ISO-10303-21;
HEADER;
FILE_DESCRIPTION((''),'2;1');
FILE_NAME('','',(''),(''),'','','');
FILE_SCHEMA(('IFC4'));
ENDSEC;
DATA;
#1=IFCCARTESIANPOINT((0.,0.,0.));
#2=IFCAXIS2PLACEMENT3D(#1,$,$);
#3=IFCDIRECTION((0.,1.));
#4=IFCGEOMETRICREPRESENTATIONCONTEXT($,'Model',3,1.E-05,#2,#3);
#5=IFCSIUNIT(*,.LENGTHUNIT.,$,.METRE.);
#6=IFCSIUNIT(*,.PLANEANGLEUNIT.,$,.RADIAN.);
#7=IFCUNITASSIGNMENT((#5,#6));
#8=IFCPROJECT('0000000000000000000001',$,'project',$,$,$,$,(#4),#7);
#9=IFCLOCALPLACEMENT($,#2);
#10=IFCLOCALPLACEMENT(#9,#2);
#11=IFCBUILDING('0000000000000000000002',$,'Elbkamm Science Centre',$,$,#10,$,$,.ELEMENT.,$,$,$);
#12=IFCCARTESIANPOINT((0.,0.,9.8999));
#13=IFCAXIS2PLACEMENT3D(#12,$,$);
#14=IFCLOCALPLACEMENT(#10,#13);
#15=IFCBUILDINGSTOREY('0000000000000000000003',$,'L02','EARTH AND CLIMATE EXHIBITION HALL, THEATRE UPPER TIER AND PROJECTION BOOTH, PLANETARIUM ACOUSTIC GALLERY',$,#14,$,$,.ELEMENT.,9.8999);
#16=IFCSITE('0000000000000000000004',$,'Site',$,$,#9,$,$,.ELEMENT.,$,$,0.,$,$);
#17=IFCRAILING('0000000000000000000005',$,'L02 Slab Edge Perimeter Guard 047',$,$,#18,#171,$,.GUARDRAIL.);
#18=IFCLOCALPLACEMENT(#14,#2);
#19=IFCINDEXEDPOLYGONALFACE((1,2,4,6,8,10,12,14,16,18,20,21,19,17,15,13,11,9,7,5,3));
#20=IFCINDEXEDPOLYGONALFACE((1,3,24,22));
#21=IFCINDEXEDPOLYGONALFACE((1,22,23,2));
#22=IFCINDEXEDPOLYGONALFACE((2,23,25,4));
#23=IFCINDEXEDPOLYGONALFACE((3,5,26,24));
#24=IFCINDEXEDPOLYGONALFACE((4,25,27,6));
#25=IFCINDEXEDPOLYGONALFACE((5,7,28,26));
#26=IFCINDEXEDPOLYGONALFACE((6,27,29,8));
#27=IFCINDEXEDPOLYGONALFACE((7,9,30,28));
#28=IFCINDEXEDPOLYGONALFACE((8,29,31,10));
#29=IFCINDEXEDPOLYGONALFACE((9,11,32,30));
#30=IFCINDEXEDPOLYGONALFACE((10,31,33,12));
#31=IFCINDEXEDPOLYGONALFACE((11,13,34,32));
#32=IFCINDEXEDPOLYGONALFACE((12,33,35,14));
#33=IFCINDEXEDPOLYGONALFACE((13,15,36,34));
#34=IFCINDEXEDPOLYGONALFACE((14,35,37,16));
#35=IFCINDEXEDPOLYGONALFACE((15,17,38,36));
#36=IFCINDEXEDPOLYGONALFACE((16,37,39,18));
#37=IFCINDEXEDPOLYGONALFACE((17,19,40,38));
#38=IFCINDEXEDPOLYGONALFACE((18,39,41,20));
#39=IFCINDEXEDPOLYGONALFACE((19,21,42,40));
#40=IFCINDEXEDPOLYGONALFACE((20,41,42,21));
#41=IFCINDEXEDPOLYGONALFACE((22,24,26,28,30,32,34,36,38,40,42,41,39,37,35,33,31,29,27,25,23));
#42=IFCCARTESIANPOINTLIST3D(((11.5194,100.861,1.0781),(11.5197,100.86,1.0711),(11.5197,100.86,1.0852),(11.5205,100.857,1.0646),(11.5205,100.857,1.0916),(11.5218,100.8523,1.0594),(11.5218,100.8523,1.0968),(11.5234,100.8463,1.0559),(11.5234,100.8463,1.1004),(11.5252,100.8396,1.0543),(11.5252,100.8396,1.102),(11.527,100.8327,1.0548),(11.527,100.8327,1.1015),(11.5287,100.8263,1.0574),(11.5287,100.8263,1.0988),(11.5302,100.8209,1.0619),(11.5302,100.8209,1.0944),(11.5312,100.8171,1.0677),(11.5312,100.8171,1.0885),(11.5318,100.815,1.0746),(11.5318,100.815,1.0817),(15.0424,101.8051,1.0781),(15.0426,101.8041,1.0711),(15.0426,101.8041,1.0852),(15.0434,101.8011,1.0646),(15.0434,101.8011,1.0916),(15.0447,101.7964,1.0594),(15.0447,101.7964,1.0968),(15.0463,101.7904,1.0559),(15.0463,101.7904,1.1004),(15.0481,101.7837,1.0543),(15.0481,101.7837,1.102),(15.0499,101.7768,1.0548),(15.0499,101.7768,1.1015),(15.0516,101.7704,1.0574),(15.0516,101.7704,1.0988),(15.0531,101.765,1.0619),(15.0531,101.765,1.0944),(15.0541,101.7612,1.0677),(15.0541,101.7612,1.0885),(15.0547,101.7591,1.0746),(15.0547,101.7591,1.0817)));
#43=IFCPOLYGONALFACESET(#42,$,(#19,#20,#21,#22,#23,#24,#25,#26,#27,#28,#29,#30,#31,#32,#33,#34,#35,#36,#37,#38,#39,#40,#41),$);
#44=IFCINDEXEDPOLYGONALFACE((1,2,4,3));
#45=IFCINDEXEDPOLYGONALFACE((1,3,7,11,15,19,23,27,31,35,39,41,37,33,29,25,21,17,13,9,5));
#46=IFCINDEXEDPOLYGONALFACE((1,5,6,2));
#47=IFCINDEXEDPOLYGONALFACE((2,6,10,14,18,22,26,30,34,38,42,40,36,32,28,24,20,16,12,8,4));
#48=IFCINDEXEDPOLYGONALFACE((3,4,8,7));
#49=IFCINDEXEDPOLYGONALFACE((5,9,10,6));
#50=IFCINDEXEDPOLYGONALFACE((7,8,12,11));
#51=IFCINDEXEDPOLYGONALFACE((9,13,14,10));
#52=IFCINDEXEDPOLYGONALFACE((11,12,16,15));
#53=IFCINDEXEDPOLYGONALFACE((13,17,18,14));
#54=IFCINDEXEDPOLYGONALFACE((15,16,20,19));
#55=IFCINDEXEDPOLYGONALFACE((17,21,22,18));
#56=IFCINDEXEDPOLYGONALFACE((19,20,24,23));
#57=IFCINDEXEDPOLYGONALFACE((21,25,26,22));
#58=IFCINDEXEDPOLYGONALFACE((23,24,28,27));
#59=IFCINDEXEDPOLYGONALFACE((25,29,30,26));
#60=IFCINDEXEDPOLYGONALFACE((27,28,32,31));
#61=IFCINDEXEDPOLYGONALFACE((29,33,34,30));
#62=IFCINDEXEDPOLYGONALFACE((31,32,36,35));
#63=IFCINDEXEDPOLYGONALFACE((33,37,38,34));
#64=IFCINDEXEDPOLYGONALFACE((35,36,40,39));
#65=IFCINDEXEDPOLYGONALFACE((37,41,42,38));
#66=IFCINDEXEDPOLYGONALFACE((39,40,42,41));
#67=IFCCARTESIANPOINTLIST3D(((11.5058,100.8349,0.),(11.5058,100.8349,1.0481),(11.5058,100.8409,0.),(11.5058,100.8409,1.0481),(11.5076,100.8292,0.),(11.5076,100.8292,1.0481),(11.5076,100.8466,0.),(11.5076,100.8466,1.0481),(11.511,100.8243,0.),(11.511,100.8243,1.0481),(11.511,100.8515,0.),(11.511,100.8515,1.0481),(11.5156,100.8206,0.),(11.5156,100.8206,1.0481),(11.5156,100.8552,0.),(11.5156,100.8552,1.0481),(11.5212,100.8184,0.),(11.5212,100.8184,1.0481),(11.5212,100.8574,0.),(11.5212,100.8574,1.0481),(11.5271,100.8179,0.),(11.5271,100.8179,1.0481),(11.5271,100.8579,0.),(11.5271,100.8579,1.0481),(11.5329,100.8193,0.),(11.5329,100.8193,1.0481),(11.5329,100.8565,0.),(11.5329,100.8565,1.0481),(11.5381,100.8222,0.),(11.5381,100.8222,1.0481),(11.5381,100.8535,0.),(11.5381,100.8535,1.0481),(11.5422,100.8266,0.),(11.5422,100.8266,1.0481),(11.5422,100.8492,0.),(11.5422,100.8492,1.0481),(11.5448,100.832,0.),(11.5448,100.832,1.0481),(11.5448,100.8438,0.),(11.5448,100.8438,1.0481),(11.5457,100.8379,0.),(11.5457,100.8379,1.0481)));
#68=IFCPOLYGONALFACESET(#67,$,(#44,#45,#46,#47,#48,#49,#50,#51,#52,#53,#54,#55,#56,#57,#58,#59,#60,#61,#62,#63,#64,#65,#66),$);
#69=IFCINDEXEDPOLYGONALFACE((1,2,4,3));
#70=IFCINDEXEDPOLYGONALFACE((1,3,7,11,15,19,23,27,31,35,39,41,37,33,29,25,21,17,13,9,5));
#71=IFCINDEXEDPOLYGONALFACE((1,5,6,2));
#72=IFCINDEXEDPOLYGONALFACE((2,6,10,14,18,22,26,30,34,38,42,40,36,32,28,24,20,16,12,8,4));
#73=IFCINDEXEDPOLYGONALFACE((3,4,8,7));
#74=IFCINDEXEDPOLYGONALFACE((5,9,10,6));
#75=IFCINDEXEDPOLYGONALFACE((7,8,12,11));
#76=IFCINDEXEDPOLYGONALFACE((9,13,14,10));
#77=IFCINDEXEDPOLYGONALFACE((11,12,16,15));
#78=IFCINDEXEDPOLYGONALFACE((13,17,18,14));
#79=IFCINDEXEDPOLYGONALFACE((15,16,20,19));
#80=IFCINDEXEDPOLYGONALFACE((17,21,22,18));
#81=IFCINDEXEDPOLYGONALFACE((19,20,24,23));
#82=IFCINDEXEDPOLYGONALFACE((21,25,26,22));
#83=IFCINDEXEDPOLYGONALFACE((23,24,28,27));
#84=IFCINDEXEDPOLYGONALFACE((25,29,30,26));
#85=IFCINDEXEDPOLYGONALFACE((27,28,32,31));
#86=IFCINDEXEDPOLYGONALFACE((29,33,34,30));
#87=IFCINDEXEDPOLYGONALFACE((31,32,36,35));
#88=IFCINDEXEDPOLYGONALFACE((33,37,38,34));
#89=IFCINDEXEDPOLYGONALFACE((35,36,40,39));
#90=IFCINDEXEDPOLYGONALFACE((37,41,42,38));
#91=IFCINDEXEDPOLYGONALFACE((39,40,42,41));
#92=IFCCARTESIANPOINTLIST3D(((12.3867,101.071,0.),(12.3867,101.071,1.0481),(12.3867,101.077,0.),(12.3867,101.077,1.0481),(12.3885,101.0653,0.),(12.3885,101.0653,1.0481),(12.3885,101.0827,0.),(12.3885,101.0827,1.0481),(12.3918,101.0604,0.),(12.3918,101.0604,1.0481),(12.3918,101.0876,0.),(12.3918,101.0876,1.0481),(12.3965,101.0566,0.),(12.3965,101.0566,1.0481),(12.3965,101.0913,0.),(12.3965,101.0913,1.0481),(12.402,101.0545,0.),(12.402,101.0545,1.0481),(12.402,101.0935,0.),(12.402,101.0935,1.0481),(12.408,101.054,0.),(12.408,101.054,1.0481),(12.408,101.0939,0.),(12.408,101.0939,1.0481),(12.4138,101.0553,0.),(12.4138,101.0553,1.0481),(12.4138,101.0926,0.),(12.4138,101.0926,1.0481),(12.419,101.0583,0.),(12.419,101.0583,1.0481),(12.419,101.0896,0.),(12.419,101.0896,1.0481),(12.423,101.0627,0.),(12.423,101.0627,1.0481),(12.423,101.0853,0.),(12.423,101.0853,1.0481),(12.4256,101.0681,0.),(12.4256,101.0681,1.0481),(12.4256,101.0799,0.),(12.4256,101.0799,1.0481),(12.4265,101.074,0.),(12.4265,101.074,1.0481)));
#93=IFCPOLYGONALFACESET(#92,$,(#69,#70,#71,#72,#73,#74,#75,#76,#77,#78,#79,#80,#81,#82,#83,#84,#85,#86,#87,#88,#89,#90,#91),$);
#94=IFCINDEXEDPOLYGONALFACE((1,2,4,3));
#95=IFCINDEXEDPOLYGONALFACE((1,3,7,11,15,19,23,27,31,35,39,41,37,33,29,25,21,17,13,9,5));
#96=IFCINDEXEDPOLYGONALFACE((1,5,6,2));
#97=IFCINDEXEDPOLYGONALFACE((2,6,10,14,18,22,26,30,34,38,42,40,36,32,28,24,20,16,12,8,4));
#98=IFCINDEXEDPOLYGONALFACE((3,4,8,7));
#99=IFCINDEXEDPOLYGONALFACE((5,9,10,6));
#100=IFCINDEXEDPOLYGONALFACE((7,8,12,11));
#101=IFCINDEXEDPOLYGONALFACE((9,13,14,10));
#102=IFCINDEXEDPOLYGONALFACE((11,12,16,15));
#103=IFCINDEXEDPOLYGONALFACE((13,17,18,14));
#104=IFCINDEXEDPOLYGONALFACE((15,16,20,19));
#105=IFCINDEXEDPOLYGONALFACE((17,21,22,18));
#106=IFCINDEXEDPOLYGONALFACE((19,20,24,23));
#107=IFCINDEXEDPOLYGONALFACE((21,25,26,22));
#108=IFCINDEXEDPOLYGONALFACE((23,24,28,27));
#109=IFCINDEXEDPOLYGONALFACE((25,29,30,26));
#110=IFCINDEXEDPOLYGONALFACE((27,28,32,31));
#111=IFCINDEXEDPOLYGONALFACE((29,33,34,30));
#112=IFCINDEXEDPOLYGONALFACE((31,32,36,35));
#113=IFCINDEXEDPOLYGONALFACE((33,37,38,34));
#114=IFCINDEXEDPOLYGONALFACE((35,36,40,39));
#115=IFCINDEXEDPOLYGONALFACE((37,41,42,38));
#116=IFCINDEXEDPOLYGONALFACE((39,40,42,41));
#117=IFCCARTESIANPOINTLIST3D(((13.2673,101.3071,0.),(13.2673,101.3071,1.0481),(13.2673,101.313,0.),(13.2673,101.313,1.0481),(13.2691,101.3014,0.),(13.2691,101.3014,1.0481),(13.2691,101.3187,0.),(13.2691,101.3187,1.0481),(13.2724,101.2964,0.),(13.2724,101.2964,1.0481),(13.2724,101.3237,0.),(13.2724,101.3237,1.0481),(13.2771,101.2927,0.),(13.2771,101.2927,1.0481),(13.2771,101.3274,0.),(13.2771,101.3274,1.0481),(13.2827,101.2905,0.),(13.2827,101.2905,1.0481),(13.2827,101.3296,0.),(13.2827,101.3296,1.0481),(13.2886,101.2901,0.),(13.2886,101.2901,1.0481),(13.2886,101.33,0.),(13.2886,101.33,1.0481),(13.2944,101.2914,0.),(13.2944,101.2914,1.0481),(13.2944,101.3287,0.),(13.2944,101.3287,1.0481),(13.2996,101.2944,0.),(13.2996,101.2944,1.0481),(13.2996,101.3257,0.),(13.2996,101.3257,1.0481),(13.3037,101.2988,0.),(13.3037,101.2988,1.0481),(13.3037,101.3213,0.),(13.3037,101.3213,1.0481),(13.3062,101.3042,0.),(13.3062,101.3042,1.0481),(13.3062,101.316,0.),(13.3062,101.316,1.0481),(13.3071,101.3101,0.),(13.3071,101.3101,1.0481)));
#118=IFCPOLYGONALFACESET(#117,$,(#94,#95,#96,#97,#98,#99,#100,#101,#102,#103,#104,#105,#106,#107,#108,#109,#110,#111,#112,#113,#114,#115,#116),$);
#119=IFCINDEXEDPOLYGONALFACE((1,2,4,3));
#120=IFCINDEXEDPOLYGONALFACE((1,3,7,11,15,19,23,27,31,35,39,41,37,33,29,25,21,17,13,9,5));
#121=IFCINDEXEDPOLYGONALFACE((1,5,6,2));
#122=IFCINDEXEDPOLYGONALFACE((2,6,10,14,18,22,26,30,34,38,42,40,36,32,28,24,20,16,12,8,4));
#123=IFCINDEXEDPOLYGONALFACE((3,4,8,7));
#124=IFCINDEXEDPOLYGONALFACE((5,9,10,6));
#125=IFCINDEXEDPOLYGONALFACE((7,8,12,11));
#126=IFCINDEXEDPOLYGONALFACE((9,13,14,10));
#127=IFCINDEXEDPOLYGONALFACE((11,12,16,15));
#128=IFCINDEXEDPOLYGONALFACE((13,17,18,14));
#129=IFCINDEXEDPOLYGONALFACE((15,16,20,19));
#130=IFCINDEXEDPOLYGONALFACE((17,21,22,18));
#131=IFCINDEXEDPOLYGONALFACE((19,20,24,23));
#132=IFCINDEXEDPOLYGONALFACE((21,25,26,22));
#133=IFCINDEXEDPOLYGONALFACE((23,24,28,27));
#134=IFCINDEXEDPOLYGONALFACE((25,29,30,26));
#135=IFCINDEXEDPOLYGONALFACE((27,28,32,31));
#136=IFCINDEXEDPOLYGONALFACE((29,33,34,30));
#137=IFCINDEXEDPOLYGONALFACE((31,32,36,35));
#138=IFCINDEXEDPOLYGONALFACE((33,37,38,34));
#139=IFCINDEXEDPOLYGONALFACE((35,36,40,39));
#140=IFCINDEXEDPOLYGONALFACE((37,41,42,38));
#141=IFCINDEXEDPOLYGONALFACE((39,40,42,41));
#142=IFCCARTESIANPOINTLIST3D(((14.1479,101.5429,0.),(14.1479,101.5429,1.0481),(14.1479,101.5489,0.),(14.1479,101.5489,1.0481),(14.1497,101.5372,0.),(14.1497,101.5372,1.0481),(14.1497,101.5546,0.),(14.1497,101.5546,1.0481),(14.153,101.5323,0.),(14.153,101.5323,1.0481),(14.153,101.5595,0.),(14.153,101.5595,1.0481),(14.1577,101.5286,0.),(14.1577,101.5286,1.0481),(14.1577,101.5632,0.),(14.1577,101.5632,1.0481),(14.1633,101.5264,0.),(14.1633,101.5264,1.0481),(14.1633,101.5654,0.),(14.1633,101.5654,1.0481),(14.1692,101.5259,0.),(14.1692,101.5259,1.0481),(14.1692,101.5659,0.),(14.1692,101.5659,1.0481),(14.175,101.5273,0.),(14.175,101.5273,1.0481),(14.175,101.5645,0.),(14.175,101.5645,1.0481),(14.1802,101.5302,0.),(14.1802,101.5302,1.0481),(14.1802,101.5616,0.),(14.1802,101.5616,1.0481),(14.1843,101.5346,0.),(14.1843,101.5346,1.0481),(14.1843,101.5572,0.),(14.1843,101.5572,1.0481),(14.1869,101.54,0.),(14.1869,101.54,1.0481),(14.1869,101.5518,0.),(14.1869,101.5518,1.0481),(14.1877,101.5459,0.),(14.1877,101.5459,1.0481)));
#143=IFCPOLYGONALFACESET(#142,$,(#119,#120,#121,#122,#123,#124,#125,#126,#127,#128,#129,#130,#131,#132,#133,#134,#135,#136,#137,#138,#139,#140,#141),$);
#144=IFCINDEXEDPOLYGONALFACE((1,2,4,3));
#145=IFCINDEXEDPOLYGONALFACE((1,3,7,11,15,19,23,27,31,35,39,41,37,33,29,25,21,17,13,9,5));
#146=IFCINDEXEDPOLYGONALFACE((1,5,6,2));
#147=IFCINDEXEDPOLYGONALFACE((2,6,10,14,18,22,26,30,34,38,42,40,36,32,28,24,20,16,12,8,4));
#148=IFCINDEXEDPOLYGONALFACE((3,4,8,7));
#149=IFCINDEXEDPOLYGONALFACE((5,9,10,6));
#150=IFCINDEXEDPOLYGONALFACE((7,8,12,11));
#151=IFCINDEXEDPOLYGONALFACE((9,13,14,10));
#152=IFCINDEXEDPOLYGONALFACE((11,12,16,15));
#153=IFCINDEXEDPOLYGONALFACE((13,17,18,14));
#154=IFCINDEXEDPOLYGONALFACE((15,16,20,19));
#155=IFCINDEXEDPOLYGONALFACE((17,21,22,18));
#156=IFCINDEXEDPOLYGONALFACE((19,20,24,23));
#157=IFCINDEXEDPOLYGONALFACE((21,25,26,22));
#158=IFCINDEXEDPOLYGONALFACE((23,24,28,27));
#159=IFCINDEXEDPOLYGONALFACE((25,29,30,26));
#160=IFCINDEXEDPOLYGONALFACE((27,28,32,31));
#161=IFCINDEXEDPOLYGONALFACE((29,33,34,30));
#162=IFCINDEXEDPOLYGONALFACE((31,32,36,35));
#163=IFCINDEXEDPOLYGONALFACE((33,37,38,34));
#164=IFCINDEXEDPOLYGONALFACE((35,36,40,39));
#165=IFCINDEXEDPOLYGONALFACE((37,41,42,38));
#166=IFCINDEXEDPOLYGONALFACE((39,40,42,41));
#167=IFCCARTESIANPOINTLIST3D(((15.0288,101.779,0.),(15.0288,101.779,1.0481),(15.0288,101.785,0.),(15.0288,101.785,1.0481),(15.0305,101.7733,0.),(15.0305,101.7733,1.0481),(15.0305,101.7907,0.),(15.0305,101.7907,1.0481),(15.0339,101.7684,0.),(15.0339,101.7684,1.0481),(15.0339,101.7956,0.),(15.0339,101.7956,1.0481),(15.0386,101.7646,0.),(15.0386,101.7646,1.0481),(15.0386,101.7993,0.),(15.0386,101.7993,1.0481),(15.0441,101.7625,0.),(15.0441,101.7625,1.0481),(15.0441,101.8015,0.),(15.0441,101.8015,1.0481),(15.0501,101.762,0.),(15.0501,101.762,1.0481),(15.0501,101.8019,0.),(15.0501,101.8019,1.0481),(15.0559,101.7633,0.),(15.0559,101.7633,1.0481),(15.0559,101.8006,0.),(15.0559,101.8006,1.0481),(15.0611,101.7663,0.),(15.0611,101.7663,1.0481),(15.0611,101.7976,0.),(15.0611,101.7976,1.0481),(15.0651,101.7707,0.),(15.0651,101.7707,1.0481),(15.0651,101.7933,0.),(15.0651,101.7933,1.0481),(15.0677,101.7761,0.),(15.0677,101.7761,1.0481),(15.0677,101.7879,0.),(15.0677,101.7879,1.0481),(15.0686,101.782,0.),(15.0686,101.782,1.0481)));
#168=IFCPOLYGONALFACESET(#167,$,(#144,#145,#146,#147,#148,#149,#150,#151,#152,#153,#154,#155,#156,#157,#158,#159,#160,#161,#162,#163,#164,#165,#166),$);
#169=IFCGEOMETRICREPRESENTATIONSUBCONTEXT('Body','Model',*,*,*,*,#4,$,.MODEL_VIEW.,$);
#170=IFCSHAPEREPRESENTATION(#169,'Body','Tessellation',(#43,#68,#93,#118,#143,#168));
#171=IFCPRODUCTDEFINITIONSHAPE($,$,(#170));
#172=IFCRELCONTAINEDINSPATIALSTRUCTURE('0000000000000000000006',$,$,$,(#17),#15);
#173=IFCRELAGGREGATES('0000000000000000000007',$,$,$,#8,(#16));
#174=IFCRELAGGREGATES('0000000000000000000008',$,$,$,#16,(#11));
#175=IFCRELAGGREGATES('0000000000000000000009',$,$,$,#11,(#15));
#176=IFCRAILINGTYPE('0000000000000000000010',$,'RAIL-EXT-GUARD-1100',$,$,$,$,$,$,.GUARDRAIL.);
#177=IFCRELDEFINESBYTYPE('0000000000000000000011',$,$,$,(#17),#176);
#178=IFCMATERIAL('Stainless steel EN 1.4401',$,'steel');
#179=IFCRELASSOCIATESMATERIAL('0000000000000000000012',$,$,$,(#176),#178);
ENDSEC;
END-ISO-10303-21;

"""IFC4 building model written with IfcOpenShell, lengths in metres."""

from ifc_helpers import new_model, si_unit, direction, frame, origin, origin_2d, place, context, subcontext, project, spatial, circle, extrude, material, type_object, element, save


model = new_model("IFC4")

# Units and contexts
model_context = context("Model", 3, precision=1e-05, world=origin(), true_north=direction((0.0, 1.0)))
body_context = subcontext(model_context, "Body", "Model", "MODEL_VIEW")
ifc_project = project(units=[si_unit("LENGTHUNIT", "METRE"), si_unit("PLANEANGLEUNIT", "RADIAN")], contexts=[model_context])

# Site, building, storey
site_placement = place(None, origin())
site = spatial("IfcSite", under=ifc_project, at=site_placement, Name="Site", CompositionType="ELEMENT", RefElevation=0.0)
building_placement = place(site_placement, origin())
building = spatial("IfcBuilding", under=site, at=building_placement, Name="Elbkamm Science Centre", CompositionType="ELEMENT")
storey_placement = place(building_placement, frame((0.0, 0.0, 9.8999)))
storey = spatial("IfcBuildingStorey", under=building, at=storey_placement, Name="L02", Description="EARTH AND CLIMATE EXHIBITION HALL, THEATRE UPPER TIER AND PROJECTION BOOTH, PLANETARIUM ACOUSTIC GALLERY", CompositionType="ELEMENT", Elevation=9.8999)

# Railing
ifc_material_1 = material(Name="Stainless steel EN 1.4401", Category="steel")
railing_type_1 = type_object("IfcRailingType", Name="RAIL-EXT-GUARD-1100", PredefinedType="GUARDRAIL", material=ifc_material_1)
railing_1_placement = place(storey_placement, frame((11.5256, 100.8379, 0.0)))
element("IfcRailing", 1, at=railing_1_placement, inside=storey, type_object=railing_type_1, Name="L02 Slab Edge Perimeter Guard 047", PredefinedType="GUARDRAIL", context=body_context, shape_type="SweptSolid", body=[
    extrude(circle(Radius=0.0239, at=origin_2d()), frame((0.0, 0.0, 1.0781), z_axis=(0.965918, 0.25885, 0.0), x_axis=(-0.25885, 0.965918, 0.0)), (0.0, 0.0, 1.0), 3.6472),
    extrude(circle(Radius=0.02, at=origin_2d()), origin(), (0.0, 0.0, 1.0), 1.0481),
    extrude(circle(Radius=0.02, at=origin_2d()), frame((0.8809, 0.2361, 0.0)), (0.0, 0.0, 1.0), 1.0481),
    extrude(circle(Radius=0.02, at=origin_2d()), frame((1.7615, 0.4722, 0.0)), (0.0, 0.0, 1.0), 1.0481),
    extrude(circle(Radius=0.02, at=origin_2d()), frame((2.6421, 0.708, 0.0)), (0.0, 0.0, 1.0), 1.0481),
    extrude(circle(Radius=0.02, at=origin_2d()), frame((3.5229, 0.9441, 0.0)), (0.0, 0.0, 1.0), 1.0481),
])

save(model, "model.ifc")
